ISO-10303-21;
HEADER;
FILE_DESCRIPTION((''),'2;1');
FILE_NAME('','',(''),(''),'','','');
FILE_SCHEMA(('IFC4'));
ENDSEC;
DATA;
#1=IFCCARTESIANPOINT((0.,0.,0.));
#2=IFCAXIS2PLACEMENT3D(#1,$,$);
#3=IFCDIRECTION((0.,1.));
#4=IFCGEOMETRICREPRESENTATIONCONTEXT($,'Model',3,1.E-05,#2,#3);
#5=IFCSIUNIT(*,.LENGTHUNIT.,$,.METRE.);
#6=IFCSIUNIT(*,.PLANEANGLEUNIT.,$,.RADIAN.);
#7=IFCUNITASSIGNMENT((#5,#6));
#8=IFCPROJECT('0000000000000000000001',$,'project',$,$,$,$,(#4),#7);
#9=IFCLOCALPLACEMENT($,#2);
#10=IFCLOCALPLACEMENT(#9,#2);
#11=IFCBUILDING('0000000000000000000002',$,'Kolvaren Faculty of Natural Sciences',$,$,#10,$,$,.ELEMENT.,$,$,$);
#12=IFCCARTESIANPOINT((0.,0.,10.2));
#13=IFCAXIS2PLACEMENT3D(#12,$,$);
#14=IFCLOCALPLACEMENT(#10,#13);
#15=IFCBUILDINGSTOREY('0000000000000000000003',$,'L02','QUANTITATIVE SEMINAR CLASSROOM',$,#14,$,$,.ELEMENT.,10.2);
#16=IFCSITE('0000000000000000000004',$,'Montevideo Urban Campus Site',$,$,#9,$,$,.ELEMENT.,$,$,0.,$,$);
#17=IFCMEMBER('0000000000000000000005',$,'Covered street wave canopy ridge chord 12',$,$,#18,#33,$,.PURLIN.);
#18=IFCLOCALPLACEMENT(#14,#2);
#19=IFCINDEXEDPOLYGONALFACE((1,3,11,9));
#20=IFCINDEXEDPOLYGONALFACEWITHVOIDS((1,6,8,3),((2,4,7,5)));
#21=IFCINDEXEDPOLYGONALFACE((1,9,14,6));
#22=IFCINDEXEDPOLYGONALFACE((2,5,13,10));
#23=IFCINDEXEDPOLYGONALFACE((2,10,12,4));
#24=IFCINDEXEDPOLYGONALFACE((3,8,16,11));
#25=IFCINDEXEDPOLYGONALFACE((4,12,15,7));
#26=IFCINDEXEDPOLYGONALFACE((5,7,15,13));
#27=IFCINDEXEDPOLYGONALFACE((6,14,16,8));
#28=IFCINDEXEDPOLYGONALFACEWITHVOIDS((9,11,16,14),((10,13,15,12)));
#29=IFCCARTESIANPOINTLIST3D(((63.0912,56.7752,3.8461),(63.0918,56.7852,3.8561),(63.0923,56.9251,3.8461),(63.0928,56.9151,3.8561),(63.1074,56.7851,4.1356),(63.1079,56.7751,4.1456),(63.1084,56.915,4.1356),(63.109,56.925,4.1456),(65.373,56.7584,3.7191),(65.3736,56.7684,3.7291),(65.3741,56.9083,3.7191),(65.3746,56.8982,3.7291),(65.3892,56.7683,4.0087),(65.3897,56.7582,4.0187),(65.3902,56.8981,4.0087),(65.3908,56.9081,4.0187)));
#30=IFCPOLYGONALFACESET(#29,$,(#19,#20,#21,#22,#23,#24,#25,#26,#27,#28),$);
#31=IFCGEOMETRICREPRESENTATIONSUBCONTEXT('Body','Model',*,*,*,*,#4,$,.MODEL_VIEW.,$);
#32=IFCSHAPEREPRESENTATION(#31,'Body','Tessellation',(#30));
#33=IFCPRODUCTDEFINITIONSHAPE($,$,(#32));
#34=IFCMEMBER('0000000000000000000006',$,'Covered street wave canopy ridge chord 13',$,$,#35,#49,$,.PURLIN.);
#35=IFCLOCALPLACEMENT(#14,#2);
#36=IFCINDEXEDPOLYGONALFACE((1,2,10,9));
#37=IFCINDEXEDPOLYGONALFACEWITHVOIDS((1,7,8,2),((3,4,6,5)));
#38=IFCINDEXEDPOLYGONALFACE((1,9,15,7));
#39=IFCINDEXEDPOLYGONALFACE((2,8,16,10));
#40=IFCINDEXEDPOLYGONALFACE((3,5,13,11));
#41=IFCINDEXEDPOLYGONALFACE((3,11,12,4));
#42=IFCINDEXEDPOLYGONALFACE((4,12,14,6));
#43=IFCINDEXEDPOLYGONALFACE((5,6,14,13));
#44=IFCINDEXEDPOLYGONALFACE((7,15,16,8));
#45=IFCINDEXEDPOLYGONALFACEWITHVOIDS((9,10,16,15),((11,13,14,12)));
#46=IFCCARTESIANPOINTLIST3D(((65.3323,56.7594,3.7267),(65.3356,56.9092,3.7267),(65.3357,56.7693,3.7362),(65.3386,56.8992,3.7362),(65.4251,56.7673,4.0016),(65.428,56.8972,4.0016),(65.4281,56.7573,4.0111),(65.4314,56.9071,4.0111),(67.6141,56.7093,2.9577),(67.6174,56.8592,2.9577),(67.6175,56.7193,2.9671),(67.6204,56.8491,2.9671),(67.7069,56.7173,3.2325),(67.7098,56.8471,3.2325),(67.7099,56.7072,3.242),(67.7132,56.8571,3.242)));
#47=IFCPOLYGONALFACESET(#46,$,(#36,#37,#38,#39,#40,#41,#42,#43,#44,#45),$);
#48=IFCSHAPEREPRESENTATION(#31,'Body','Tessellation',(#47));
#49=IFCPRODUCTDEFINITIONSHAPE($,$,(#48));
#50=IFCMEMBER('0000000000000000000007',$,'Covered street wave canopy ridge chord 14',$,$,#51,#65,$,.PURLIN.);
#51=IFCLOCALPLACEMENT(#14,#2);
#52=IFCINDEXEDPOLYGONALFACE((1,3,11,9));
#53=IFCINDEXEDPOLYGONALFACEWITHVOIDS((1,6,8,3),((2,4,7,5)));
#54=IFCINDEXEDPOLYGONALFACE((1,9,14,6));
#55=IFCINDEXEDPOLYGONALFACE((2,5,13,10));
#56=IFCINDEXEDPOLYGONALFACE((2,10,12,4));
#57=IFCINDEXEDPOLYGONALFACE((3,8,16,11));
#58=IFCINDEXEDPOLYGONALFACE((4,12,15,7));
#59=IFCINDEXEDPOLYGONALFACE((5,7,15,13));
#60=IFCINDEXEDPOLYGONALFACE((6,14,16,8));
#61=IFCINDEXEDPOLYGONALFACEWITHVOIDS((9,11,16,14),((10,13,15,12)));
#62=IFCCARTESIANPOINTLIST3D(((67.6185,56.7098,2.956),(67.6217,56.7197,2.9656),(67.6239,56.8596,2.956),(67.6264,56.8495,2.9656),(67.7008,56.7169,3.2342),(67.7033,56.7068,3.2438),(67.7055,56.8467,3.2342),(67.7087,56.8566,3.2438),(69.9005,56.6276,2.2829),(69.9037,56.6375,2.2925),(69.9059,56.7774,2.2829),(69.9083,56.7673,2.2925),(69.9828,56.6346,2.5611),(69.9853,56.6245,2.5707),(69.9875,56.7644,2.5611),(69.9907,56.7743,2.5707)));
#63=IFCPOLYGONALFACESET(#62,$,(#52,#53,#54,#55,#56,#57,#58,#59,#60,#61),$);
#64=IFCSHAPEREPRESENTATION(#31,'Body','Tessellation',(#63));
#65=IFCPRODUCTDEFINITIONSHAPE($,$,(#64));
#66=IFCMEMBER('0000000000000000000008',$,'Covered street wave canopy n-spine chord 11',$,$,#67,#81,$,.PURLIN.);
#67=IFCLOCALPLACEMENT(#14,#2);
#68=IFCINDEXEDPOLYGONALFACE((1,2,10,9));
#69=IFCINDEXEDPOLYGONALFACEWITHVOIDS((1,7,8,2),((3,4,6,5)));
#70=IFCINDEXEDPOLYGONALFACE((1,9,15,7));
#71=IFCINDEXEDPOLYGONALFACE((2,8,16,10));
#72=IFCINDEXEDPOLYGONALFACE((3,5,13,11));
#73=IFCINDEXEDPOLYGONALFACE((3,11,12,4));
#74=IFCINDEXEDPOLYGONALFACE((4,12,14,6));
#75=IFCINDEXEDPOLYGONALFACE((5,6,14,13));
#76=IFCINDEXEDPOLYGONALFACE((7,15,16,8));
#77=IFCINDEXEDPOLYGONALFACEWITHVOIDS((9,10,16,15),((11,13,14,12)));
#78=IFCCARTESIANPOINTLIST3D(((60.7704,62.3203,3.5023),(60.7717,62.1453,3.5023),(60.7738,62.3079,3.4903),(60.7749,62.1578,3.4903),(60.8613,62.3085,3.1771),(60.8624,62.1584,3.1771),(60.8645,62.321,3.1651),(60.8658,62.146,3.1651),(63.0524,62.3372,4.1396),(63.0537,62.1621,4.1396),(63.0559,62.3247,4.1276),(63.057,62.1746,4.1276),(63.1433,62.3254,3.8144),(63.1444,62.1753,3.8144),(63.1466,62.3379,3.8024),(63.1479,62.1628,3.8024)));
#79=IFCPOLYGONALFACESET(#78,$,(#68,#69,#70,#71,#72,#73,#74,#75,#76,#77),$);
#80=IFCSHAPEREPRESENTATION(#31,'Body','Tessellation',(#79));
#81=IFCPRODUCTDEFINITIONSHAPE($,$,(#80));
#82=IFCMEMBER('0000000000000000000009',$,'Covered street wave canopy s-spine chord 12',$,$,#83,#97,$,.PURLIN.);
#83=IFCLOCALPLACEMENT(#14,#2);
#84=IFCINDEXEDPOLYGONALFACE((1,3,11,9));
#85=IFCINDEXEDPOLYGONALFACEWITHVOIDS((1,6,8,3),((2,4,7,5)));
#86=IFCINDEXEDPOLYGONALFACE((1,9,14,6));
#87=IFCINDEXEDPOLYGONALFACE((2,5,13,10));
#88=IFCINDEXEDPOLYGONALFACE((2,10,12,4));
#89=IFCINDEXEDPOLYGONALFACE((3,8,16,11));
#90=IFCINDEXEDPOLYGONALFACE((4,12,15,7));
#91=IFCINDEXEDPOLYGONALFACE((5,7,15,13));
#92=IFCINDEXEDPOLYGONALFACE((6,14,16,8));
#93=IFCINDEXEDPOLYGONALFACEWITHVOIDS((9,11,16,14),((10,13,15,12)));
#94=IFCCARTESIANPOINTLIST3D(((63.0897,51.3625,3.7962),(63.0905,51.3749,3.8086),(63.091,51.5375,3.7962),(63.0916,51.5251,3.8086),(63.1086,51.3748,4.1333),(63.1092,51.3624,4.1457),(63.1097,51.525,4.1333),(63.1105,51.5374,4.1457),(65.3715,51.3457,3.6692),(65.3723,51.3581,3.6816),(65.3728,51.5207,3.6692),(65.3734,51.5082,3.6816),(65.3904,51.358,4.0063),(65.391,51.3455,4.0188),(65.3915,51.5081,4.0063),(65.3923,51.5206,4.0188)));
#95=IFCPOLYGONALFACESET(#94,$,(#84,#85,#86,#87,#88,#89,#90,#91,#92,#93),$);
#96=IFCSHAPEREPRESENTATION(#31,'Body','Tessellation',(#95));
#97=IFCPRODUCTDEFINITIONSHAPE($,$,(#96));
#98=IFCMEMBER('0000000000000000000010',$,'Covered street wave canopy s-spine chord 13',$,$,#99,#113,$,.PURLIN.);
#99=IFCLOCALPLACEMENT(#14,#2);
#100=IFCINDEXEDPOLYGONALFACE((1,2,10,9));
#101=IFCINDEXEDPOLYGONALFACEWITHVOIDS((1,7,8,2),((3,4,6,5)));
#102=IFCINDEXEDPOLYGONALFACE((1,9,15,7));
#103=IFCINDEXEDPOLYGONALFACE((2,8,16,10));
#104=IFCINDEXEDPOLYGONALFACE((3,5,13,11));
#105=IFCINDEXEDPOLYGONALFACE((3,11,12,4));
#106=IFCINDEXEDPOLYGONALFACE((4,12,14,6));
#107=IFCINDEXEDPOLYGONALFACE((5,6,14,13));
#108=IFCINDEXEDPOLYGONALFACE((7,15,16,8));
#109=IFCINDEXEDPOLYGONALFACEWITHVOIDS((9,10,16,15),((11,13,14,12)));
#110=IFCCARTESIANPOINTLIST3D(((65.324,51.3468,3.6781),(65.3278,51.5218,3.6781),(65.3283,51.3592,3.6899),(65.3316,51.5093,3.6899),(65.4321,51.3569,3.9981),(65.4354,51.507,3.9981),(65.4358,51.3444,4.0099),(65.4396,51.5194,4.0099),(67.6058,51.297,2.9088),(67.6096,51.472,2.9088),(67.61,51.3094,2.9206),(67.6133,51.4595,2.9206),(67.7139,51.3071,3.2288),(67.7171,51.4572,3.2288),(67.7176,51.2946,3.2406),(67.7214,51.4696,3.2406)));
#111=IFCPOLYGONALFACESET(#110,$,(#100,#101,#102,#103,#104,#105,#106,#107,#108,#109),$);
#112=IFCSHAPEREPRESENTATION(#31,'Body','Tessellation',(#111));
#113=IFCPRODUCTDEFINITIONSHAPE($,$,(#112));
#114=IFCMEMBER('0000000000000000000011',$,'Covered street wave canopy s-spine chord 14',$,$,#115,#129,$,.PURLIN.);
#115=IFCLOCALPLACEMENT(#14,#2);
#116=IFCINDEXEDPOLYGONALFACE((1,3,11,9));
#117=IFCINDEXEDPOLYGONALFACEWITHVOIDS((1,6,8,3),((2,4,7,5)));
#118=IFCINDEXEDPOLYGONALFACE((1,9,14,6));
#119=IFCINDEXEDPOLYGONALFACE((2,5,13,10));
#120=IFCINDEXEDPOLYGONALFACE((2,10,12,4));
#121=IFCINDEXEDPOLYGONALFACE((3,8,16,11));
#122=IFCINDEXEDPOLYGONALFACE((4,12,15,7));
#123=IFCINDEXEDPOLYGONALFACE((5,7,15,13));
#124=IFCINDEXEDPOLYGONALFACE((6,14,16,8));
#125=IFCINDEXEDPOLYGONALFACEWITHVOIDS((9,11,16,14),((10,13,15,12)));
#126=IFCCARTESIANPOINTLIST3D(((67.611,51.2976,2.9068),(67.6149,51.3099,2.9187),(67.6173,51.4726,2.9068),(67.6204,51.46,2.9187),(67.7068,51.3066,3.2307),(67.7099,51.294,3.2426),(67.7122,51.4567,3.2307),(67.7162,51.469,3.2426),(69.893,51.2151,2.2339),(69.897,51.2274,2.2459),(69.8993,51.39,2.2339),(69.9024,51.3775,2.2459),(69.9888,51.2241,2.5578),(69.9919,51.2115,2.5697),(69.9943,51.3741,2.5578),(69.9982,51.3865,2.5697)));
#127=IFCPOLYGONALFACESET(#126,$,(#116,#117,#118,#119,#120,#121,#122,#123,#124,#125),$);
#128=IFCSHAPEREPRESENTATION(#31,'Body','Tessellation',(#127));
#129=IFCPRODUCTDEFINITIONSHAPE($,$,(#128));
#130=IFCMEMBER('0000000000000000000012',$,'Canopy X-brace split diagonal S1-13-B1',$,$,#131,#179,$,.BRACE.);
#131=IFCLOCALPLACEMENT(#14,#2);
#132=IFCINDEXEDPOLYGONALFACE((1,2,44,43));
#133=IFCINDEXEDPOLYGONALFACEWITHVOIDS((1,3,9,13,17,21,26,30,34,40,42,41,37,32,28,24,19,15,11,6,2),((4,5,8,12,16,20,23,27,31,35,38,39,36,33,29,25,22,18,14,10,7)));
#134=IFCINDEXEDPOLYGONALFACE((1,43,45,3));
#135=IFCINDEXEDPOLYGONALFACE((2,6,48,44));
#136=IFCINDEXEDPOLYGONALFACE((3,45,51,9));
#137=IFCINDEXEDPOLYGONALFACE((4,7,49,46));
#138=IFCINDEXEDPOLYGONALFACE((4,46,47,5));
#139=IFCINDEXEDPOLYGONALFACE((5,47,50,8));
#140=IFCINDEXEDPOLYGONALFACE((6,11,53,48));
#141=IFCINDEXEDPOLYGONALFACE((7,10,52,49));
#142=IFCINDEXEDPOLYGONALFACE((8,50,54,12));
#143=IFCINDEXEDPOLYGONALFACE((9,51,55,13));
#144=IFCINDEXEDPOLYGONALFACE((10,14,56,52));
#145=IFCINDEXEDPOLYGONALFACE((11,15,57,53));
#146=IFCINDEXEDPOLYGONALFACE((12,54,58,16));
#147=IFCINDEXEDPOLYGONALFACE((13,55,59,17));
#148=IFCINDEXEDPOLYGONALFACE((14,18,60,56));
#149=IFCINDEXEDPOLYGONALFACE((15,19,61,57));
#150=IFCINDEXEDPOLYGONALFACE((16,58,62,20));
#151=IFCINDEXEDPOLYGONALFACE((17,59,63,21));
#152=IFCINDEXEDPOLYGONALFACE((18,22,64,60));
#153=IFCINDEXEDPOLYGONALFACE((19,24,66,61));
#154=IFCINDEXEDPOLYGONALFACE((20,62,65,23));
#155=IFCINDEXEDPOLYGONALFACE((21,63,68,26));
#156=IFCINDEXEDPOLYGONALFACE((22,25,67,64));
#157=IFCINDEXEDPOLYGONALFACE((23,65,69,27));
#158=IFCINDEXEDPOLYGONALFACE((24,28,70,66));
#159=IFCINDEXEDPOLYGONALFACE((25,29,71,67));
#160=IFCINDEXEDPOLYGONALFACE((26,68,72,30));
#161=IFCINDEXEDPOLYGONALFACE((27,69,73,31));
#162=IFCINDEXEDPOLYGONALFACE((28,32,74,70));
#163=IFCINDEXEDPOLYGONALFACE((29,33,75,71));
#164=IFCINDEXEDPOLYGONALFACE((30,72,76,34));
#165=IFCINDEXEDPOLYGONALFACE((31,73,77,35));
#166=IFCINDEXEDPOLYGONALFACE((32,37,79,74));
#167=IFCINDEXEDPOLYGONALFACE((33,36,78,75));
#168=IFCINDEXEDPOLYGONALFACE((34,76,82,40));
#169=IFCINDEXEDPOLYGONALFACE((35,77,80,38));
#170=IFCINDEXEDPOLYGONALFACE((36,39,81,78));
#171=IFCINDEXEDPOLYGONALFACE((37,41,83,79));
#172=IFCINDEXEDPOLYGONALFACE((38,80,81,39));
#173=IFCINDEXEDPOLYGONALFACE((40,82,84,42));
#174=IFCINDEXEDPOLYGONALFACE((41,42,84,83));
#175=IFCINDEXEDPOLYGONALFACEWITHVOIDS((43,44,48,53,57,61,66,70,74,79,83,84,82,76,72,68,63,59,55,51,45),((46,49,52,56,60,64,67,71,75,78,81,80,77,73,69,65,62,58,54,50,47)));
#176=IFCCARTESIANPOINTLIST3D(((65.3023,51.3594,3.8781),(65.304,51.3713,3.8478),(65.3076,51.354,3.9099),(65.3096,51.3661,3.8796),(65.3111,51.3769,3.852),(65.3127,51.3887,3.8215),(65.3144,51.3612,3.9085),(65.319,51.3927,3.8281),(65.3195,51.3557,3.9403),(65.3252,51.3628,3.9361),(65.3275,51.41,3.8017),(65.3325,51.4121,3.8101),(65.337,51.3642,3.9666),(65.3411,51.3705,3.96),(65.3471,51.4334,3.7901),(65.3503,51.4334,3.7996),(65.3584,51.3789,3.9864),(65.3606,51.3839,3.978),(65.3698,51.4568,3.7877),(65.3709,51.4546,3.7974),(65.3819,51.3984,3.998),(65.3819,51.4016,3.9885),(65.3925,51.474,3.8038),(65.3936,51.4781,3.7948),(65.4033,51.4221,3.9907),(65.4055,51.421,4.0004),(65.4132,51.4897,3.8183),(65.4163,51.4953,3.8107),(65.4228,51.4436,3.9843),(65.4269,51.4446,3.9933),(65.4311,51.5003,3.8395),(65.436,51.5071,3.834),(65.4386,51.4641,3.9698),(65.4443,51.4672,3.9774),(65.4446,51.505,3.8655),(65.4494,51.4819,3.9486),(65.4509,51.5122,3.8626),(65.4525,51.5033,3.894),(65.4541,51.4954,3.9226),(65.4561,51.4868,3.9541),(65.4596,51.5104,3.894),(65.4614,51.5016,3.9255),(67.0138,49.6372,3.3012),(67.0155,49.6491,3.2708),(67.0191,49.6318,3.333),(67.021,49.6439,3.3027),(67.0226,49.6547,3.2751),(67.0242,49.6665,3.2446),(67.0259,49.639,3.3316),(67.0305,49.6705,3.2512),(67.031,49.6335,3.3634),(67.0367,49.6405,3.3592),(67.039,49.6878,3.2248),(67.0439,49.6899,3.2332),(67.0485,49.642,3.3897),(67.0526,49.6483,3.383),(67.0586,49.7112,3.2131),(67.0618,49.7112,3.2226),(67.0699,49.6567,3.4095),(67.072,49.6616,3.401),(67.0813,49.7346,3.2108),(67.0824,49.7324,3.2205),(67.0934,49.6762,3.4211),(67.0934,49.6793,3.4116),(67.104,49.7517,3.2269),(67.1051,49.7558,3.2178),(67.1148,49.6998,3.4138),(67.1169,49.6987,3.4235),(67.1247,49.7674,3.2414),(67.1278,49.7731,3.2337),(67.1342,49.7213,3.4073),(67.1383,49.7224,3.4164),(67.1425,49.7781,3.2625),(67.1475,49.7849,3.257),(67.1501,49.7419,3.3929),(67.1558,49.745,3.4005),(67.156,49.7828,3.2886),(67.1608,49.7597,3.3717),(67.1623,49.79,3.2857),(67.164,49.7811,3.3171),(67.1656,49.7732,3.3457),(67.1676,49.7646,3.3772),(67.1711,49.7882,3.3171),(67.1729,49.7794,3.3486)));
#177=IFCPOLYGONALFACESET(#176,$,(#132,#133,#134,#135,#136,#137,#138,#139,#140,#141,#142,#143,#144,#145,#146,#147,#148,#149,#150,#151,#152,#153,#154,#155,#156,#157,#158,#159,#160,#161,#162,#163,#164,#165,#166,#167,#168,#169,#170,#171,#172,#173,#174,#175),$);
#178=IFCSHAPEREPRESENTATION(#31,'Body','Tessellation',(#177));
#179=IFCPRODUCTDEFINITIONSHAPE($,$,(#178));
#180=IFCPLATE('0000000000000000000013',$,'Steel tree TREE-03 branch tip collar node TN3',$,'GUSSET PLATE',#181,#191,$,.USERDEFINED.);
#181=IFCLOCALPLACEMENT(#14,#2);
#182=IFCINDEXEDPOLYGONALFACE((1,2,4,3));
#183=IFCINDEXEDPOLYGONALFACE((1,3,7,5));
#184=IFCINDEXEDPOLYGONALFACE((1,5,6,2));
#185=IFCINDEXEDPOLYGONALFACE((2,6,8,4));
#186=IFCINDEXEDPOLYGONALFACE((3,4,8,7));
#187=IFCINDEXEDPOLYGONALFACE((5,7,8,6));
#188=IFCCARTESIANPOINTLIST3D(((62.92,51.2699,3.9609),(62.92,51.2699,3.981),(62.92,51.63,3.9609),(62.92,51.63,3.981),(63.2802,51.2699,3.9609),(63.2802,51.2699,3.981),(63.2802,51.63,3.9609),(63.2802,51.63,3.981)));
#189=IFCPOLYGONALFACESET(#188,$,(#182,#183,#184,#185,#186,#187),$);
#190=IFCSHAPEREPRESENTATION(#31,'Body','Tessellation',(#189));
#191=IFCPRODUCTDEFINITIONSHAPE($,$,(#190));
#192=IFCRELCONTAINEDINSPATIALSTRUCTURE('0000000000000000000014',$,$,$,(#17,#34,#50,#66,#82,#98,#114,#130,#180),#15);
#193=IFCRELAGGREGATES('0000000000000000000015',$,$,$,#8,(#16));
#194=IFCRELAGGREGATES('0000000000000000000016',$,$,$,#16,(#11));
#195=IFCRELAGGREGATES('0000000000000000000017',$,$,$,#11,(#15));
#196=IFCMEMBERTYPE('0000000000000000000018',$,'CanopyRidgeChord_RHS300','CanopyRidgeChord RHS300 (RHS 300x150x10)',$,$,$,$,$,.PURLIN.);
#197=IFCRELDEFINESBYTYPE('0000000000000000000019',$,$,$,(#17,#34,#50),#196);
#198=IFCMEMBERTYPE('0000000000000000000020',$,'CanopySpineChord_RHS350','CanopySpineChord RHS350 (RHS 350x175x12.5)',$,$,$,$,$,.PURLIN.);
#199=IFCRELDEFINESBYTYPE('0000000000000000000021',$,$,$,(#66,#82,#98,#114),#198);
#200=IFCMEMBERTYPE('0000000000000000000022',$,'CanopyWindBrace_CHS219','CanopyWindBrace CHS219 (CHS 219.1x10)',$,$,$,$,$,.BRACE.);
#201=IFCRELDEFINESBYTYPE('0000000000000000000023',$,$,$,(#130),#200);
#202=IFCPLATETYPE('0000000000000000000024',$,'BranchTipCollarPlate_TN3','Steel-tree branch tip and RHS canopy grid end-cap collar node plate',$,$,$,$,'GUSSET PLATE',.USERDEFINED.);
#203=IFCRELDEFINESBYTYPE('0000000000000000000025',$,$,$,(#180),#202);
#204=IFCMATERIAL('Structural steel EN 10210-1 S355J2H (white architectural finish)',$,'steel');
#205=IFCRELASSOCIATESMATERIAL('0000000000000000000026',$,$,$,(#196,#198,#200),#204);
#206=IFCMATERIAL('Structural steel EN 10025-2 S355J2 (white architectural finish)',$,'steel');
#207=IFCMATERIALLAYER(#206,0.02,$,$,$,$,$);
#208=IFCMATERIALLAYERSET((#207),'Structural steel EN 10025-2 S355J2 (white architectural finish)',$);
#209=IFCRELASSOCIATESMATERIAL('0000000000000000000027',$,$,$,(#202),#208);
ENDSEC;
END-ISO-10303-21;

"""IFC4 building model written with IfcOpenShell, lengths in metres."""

from ifc_helpers import new_model, si_unit, direction, frame, origin, origin_2d, place, context, subcontext, project, spatial, rectangle, hollow_rectangle, hollow_circle, extrude, material, layer, layer_set, material_profile, profile_set, type_object, element, save


model = new_model("IFC4")

# Units and contexts
model_context = context("Model", 3, precision=1e-05, world=origin(), true_north=direction((0.0, 1.0)))
body_context = subcontext(model_context, "Body", "Model", "MODEL_VIEW")
ifc_project = project(units=[si_unit("LENGTHUNIT", "METRE"), si_unit("PLANEANGLEUNIT", "RADIAN")], contexts=[model_context])

# Site, building, storey
site_placement = place(None, origin())
site = spatial("IfcSite", under=ifc_project, at=site_placement, Name="Montevideo Urban Campus Site", CompositionType="ELEMENT", RefElevation=0.0)
building_placement = place(site_placement, origin())
building = spatial("IfcBuilding", under=site, at=building_placement, Name="Kolvaren Faculty of Natural Sciences", CompositionType="ELEMENT")
storey_placement = place(building_placement, frame((0.0, 0.0, 10.2)))
storey = spatial("IfcBuildingStorey", under=building, at=storey_placement, Name="L02", Description="QUANTITATIVE SEMINAR CLASSROOM", CompositionType="ELEMENT", Elevation=10.2)

# Members
ifc_material_1 = material(Name="Structural steel EN 10210-1 S355J2H (white architectural finish)", Category="steel")
ifc_material_profile_1 = material_profile(ifc_material_1, hollow_rectangle(XDim=0.1499, YDim=0.3, WallThickness=0.01, at=origin_2d()), Name="RHS 300x150x10")
ifc_profile_set_1 = profile_set([ifc_material_profile_1], Name="Structural steel EN 10210-1 S355J2H (white architectural finish)")
member_type_1 = type_object("IfcMemberType", Name="CanopyRidgeChord_RHS300", Description="CanopyRidgeChord RHS300 (RHS 300x150x10)", PredefinedType="PURLIN", material=ifc_profile_set_1)
member_1_placement = place(storey_placement, frame((63.1001, 56.8501, 3.9958), z_axis=(0.998429, -0.007371, -0.055551), x_axis=(0.007383, 0.999973, 0.0)))
element("IfcMember", 1, at=member_1_placement, inside=storey, type_object=member_type_1, Name="Covered street wave canopy ridge chord 12", PredefinedType="PURLIN", context=body_context, shape_type="SweptSolid", body=[
    extrude(hollow_rectangle(XDim=0.1499, YDim=0.3, WallThickness=0.01, at=origin_2d()), origin(), (0.0, 0.0, 1.0), 2.2854),
])
member_2_placement = place(storey_placement, frame((65.3818, 56.8333, 3.8689), z_axis=(0.947419, -0.020781, -0.319321), x_axis=(0.021929, 0.99976, 0.0)))
element("IfcMember", 2, at=member_2_placement, inside=storey, type_object=member_type_1, Name="Covered street wave canopy ridge chord 13", PredefinedType="PURLIN", context=body_context, shape_type="SweptSolid", body=[
    extrude(hollow_rectangle(XDim=0.1499, YDim=0.3, WallThickness=0.01, at=origin_2d()), origin(), (0.0, 0.0, 1.0), 2.4084),
])
member_3_placement = place(storey_placement, frame((67.6636, 56.7832, 3.0999), z_axis=(0.958573, -0.034561, -0.282742), x_axis=(0.036031, 0.999351, 0.0)))
element("IfcMember", 3, at=member_3_placement, inside=storey, type_object=member_type_1, Name="Covered street wave canopy ridge chord 14", PredefinedType="PURLIN", context=body_context, shape_type="SweptSolid", body=[
    extrude(hollow_rectangle(XDim=0.1499, YDim=0.3, WallThickness=0.01, at=origin_2d()), origin(), (0.0, 0.0, 1.0), 2.3806),
])
ifc_material_profile_2 = material_profile(ifc_material_1, hollow_rectangle(XDim=0.175, YDim=0.3501, WallThickness=0.0125, at=origin_2d()), Name="RHS 350x175x12.5")
ifc_profile_set_2 = profile_set([ifc_material_profile_2], Name="Structural steel EN 10210-1 S355J2H (white architectural finish)")
member_type_2 = type_object("IfcMemberType", Name="CanopySpineChord_RHS350", Description="CanopySpineChord RHS350 (RHS 350x175x12.5)", PredefinedType="PURLIN", material=ifc_profile_set_2)
member_4_placement = place(storey_placement, frame((60.8181, 62.2332, 3.3337), z_axis=(0.963131, 0.00711, 0.268939), x_axis=(-0.007382, 0.999973, 0.0)))
element("IfcMember", 4, at=member_4_placement, inside=storey, type_object=member_type_2, Name="Covered street wave canopy n-spine chord 11", PredefinedType="PURLIN", context=body_context, shape_type="SweptSolid", body=[
    extrude(hollow_rectangle(XDim=0.175, YDim=0.3501, WallThickness=0.0125, at=origin_2d()), origin(), (0.0, 0.0, 1.0), 2.3694),
])
member_5_placement = place(storey_placement, frame((63.1001, 51.45, 3.9709), z_axis=(0.998429, -0.007371, -0.055551), x_axis=(0.007383, 0.999973, 0.0)))
element("IfcMember", 5, at=member_5_placement, inside=storey, type_object=member_type_2, Name="Covered street wave canopy s-spine chord 12", PredefinedType="PURLIN", context=body_context, shape_type="SweptSolid", body=[
    extrude(hollow_rectangle(XDim=0.175, YDim=0.3501, WallThickness=0.0125, at=origin_2d()), origin(), (0.0, 0.0, 1.0), 2.2854),
])
member_6_placement = place(storey_placement, frame((65.3818, 51.4331, 3.844), z_axis=(0.94739, -0.020679, -0.319412), x_axis=(0.021822, 0.999762, 0.0)))
element("IfcMember", 6, at=member_6_placement, inside=storey, type_object=member_type_2, Name="Covered street wave canopy s-spine chord 13", PredefinedType="PURLIN", context=body_context, shape_type="SweptSolid", body=[
    extrude(hollow_rectangle(XDim=0.175, YDim=0.3501, WallThickness=0.0125, at=origin_2d()), origin(), (0.0, 0.0, 1.0), 2.4084),
])
member_7_placement = place(storey_placement, frame((67.6636, 51.3833, 3.0747), z_axis=(0.958598, -0.034664, -0.282646), x_axis=(0.036138, 0.999347, 0.0)))
element("IfcMember", 7, at=member_7_placement, inside=storey, type_object=member_type_2, Name="Covered street wave canopy s-spine chord 14", PredefinedType="PURLIN", context=body_context, shape_type="SweptSolid", body=[
    extrude(hollow_rectangle(XDim=0.175, YDim=0.3501, WallThickness=0.0125, at=origin_2d()), origin(), (0.0, 0.0, 1.0), 2.3806),
])
ifc_material_profile_3 = material_profile(ifc_material_1, hollow_circle(Radius=0.1096, WallThickness=0.01, at=origin_2d()), Name="CHS 219.1x10")
ifc_profile_set_3 = profile_set([ifc_material_profile_3], Name="Structural steel EN 10210-1 S355J2H (white architectural finish)")
member_type_3 = type_object("IfcMemberType", Name="CanopyWindBrace_CHS219", Description="CanopyWindBrace CHS219 (CHS 219.1x10)", PredefinedType="BRACE", material=ifc_profile_set_3)
member_8_placement = place(storey_placement, frame((65.3818, 51.4331, 3.894), z_axis=(0.685797, -0.690102, -0.231175), x_axis=(0.709316, 0.704891, 0.0)))
element("IfcMember", 8, at=member_8_placement, inside=storey, type_object=member_type_3, Name="Canopy X-brace split diagonal S1-13-B1", PredefinedType="BRACE", context=body_context, shape_type="SweptSolid", body=[
    extrude(hollow_circle(Radius=0.1096, WallThickness=0.01, at=origin_2d()), origin(), (0.0, 0.0, 1.0), 2.4956),
])

# Plate
ifc_material_2 = material(Name="Structural steel EN 10025-2 S355J2 (white architectural finish)", Category="steel")
ifc_layer_1 = layer(ifc_material_2, 0.02)
ifc_layer_set_1 = layer_set([ifc_layer_1], Name="Structural steel EN 10025-2 S355J2 (white architectural finish)")
plate_type_1 = type_object("IfcPlateType", Name="BranchTipCollarPlate_TN3", Description="Steel-tree branch tip and RHS canopy grid end-cap collar node plate", ElementType="GUSSET PLATE", PredefinedType="USERDEFINED", material=ifc_layer_set_1)
for number, where, z_axis, x_axis, name in (
    (9, (63.1001, 51.45, 3.9609), (0.0, 0.0, 1.0), (1.0, 0.0, 0.0), "Steel tree TREE-03 branch tip collar node TN3"),
):
    element("IfcPlate", number, at=place(storey_placement, frame(where, z_axis=z_axis, x_axis=x_axis)), inside=storey, type_object=plate_type_1, Name=name, ObjectType="GUSSET PLATE", PredefinedType="USERDEFINED", context=body_context, shape_type="SweptSolid", body=[
        extrude(rectangle(XDim=0.3601, YDim=0.3601, at=origin_2d()), origin(), (0.0, 0.0, 1.0), 0.02),
    ])

save(model, "model.ifc")
